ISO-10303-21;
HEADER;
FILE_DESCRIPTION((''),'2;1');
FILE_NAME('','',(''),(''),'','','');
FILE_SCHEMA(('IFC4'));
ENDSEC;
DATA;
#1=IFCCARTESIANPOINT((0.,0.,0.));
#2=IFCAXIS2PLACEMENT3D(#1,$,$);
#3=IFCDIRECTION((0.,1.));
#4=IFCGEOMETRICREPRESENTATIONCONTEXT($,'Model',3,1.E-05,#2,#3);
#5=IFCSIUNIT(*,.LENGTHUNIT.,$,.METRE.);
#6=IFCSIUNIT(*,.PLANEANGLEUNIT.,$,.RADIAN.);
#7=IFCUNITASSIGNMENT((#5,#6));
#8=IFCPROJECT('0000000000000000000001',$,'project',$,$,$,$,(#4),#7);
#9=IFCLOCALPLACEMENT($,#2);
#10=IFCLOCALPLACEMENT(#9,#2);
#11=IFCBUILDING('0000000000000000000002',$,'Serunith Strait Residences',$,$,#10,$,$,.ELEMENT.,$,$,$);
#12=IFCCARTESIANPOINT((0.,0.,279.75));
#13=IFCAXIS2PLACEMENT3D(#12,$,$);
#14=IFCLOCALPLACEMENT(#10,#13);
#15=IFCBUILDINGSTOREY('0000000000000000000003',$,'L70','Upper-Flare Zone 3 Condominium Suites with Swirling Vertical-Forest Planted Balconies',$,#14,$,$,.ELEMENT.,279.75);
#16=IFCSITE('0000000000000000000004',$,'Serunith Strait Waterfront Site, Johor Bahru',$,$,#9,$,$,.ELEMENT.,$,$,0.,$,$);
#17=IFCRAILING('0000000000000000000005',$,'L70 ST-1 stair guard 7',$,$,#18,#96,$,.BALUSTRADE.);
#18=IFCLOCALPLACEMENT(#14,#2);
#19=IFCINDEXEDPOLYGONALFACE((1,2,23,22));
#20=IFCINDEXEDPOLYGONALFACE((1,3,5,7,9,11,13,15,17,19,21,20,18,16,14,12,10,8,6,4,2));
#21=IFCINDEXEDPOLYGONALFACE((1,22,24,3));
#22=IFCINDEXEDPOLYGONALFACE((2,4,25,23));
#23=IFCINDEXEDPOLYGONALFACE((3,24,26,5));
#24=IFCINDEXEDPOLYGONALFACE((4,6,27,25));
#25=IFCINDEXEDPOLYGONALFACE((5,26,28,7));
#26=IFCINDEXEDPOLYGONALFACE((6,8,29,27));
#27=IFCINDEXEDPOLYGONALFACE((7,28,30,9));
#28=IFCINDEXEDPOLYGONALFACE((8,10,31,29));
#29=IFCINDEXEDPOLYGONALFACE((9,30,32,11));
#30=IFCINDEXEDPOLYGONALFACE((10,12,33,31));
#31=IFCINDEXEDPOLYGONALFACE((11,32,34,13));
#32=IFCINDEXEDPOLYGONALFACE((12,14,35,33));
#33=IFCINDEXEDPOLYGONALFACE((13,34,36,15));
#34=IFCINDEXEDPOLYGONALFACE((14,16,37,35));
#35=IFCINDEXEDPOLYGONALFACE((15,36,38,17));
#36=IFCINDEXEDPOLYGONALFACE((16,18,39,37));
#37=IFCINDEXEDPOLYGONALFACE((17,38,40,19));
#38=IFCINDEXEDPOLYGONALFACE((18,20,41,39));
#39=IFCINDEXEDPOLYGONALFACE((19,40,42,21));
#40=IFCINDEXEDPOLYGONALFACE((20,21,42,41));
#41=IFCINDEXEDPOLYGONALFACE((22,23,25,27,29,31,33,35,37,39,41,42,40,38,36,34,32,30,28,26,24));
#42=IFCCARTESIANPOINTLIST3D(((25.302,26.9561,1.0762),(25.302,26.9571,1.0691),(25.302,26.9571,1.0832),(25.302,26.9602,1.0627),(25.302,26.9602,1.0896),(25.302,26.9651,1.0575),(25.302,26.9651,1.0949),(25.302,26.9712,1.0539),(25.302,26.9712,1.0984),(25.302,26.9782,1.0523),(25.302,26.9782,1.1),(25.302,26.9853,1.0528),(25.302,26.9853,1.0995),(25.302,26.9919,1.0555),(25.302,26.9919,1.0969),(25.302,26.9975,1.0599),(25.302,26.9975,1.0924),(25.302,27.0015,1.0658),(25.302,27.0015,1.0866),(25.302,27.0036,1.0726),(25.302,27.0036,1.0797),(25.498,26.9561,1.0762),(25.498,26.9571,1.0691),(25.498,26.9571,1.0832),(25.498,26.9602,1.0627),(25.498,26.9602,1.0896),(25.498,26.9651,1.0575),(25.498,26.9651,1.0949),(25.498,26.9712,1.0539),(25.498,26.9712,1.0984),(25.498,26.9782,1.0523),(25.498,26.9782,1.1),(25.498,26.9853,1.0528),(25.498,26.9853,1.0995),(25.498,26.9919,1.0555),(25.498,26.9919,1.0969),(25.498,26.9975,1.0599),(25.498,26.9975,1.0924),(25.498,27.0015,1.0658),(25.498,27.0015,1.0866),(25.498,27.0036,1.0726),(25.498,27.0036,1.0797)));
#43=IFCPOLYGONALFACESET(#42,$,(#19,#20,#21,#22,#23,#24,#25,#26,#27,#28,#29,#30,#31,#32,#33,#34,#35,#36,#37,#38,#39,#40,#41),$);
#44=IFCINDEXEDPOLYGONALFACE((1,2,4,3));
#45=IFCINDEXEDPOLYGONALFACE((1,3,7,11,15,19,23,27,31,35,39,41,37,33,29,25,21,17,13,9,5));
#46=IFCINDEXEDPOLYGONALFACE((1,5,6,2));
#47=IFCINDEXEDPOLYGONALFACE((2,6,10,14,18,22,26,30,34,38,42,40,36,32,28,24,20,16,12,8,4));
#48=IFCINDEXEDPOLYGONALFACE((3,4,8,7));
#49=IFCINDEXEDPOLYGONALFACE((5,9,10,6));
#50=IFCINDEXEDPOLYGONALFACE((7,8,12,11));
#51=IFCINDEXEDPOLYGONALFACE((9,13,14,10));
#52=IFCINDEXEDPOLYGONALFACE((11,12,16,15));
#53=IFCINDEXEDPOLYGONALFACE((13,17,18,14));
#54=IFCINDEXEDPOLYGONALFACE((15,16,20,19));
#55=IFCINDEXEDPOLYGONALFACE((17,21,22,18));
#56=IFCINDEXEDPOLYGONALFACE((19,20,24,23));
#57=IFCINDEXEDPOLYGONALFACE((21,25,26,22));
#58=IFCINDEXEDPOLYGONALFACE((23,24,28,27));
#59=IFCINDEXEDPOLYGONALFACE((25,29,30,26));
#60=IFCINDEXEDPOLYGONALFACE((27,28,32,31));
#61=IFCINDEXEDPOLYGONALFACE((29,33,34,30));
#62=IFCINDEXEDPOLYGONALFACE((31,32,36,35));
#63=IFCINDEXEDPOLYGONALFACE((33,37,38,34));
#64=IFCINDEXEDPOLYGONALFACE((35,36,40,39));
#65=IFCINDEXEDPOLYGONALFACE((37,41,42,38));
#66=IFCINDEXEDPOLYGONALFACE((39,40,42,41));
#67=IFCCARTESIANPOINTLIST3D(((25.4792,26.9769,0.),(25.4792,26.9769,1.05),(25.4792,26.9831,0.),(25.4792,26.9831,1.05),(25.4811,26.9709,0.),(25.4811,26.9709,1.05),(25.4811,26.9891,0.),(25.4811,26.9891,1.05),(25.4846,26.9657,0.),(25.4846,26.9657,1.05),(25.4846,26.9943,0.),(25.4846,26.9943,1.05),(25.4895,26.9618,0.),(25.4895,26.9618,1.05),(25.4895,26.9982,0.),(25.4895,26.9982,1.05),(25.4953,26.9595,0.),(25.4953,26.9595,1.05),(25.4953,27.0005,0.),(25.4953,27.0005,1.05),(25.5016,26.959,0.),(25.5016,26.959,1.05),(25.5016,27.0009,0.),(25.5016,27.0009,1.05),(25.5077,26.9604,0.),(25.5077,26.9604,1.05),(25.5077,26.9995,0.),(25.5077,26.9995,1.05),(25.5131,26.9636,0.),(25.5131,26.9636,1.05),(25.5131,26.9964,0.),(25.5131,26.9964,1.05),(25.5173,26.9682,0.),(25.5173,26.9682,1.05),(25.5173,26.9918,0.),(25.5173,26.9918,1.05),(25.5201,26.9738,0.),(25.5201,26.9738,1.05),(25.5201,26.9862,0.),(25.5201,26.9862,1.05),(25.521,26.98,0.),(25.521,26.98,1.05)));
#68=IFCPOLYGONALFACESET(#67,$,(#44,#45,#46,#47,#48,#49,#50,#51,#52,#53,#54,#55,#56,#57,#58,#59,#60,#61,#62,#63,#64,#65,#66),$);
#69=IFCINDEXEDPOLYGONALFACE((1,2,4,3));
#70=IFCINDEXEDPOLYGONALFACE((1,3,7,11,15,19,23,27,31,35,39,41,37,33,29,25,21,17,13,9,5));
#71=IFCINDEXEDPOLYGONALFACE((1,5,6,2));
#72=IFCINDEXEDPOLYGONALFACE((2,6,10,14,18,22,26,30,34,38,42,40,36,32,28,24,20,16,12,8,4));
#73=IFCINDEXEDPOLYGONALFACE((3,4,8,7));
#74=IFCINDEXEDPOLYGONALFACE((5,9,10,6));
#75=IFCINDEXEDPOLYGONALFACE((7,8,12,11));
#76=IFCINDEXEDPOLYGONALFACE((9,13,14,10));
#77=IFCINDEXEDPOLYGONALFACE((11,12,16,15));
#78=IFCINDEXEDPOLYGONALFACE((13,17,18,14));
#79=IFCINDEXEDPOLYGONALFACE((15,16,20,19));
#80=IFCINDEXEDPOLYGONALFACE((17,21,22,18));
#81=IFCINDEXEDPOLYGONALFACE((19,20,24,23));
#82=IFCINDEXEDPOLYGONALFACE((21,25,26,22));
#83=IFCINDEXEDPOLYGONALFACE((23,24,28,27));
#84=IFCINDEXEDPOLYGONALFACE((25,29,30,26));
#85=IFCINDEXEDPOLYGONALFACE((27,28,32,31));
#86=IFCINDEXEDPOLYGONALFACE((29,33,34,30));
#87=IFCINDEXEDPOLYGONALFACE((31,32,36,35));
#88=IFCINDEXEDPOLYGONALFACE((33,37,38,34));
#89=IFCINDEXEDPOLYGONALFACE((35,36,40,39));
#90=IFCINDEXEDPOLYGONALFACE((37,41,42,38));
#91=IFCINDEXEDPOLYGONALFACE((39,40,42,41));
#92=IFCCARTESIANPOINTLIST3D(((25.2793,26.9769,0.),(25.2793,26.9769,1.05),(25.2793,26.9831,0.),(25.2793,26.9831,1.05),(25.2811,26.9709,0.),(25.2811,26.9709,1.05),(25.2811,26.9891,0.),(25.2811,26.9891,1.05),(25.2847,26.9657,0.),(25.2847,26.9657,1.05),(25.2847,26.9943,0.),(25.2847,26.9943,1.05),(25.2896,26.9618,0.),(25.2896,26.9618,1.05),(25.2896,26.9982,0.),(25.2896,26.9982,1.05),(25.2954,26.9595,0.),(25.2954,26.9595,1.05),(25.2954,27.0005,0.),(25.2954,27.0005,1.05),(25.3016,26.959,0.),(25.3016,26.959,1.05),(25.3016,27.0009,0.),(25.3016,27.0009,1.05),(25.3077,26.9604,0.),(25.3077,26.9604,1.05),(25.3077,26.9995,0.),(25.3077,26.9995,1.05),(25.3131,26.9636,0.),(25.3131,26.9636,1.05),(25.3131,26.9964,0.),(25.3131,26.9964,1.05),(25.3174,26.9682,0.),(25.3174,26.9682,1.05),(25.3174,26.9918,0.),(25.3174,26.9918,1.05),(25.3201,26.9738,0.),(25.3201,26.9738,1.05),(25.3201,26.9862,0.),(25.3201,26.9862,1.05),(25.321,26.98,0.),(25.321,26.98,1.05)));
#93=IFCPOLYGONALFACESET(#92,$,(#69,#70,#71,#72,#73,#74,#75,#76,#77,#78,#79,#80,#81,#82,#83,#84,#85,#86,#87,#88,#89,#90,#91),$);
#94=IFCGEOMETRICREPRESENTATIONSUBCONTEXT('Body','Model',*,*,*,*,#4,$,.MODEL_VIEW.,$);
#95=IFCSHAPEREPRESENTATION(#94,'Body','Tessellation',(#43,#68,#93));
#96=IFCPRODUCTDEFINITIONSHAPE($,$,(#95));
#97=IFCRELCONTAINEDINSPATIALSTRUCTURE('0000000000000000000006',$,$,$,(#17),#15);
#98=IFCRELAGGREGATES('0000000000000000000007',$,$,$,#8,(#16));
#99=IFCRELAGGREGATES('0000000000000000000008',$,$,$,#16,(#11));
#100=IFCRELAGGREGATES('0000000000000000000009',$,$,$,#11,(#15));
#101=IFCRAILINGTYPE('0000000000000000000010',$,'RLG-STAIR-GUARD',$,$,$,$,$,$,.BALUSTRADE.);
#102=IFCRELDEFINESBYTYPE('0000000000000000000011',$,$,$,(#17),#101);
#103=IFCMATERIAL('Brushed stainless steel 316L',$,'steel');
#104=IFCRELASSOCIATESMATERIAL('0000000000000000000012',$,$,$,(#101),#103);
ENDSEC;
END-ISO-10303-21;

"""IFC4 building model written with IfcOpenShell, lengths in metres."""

from ifc_helpers import new_model, si_unit, direction, frame, origin, origin_2d, place, context, subcontext, project, spatial, circle, extrude, material, type_object, element, save


model = new_model("IFC4")

# Units and contexts
model_context = context("Model", 3, precision=1e-05, world=origin(), true_north=direction((0.0, 1.0)))
body_context = subcontext(model_context, "Body", "Model", "MODEL_VIEW")
ifc_project = project(units=[si_unit("LENGTHUNIT", "METRE"), si_unit("PLANEANGLEUNIT", "RADIAN")], contexts=[model_context])

# Site, building, storey
site_placement = place(None, origin())
site = spatial("IfcSite", under=ifc_project, at=site_placement, Name="Serunith Strait Waterfront Site, Johor Bahru", CompositionType="ELEMENT", RefElevation=0.0)
building_placement = place(site_placement, origin())
building = spatial("IfcBuilding", under=site, at=building_placement, Name="Serunith Strait Residences", CompositionType="ELEMENT")
storey_placement = place(building_placement, frame((0.0, 0.0, 279.75)))
storey = spatial("IfcBuildingStorey", under=building, at=storey_placement, Name="L70", Description="Upper-Flare Zone 3 Condominium Suites with Swirling Vertical-Forest Planted Balconies", CompositionType="ELEMENT", Elevation=279.75)

# Railing
ifc_material_1 = material(Name="Brushed stainless steel 316L", Category="steel")
railing_type_1 = type_object("IfcRailingType", Name="RLG-STAIR-GUARD", PredefinedType="BALUSTRADE", material=ifc_material_1)
railing_1_placement = place(storey_placement, frame((25.5, 26.98, 0.0)))
element("IfcRailing", 1, at=railing_1_placement, inside=storey, type_object=railing_type_1, Name="L70 ST-1 stair guard 7", PredefinedType="BALUSTRADE", context=body_context, shape_type="SweptSolid", body=[
    extrude(circle(Radius=0.0239, at=origin_2d()), frame((-0.002, 0.0, 1.0762), z_axis=(-1.0, 0.0, 0.0), x_axis=(0.0, -1.0, 0.0)), (0.0, 0.0, 1.0), 0.196),
    extrude(circle(Radius=0.021, at=origin_2d()), origin(), (0.0, 0.0, 1.0), 1.05),
    extrude(circle(Radius=0.021, at=origin_2d()), frame((-0.2, 0.0, 0.0)), (0.0, 0.0, 1.0), 1.05),
])

save(model, "model.ifc")
